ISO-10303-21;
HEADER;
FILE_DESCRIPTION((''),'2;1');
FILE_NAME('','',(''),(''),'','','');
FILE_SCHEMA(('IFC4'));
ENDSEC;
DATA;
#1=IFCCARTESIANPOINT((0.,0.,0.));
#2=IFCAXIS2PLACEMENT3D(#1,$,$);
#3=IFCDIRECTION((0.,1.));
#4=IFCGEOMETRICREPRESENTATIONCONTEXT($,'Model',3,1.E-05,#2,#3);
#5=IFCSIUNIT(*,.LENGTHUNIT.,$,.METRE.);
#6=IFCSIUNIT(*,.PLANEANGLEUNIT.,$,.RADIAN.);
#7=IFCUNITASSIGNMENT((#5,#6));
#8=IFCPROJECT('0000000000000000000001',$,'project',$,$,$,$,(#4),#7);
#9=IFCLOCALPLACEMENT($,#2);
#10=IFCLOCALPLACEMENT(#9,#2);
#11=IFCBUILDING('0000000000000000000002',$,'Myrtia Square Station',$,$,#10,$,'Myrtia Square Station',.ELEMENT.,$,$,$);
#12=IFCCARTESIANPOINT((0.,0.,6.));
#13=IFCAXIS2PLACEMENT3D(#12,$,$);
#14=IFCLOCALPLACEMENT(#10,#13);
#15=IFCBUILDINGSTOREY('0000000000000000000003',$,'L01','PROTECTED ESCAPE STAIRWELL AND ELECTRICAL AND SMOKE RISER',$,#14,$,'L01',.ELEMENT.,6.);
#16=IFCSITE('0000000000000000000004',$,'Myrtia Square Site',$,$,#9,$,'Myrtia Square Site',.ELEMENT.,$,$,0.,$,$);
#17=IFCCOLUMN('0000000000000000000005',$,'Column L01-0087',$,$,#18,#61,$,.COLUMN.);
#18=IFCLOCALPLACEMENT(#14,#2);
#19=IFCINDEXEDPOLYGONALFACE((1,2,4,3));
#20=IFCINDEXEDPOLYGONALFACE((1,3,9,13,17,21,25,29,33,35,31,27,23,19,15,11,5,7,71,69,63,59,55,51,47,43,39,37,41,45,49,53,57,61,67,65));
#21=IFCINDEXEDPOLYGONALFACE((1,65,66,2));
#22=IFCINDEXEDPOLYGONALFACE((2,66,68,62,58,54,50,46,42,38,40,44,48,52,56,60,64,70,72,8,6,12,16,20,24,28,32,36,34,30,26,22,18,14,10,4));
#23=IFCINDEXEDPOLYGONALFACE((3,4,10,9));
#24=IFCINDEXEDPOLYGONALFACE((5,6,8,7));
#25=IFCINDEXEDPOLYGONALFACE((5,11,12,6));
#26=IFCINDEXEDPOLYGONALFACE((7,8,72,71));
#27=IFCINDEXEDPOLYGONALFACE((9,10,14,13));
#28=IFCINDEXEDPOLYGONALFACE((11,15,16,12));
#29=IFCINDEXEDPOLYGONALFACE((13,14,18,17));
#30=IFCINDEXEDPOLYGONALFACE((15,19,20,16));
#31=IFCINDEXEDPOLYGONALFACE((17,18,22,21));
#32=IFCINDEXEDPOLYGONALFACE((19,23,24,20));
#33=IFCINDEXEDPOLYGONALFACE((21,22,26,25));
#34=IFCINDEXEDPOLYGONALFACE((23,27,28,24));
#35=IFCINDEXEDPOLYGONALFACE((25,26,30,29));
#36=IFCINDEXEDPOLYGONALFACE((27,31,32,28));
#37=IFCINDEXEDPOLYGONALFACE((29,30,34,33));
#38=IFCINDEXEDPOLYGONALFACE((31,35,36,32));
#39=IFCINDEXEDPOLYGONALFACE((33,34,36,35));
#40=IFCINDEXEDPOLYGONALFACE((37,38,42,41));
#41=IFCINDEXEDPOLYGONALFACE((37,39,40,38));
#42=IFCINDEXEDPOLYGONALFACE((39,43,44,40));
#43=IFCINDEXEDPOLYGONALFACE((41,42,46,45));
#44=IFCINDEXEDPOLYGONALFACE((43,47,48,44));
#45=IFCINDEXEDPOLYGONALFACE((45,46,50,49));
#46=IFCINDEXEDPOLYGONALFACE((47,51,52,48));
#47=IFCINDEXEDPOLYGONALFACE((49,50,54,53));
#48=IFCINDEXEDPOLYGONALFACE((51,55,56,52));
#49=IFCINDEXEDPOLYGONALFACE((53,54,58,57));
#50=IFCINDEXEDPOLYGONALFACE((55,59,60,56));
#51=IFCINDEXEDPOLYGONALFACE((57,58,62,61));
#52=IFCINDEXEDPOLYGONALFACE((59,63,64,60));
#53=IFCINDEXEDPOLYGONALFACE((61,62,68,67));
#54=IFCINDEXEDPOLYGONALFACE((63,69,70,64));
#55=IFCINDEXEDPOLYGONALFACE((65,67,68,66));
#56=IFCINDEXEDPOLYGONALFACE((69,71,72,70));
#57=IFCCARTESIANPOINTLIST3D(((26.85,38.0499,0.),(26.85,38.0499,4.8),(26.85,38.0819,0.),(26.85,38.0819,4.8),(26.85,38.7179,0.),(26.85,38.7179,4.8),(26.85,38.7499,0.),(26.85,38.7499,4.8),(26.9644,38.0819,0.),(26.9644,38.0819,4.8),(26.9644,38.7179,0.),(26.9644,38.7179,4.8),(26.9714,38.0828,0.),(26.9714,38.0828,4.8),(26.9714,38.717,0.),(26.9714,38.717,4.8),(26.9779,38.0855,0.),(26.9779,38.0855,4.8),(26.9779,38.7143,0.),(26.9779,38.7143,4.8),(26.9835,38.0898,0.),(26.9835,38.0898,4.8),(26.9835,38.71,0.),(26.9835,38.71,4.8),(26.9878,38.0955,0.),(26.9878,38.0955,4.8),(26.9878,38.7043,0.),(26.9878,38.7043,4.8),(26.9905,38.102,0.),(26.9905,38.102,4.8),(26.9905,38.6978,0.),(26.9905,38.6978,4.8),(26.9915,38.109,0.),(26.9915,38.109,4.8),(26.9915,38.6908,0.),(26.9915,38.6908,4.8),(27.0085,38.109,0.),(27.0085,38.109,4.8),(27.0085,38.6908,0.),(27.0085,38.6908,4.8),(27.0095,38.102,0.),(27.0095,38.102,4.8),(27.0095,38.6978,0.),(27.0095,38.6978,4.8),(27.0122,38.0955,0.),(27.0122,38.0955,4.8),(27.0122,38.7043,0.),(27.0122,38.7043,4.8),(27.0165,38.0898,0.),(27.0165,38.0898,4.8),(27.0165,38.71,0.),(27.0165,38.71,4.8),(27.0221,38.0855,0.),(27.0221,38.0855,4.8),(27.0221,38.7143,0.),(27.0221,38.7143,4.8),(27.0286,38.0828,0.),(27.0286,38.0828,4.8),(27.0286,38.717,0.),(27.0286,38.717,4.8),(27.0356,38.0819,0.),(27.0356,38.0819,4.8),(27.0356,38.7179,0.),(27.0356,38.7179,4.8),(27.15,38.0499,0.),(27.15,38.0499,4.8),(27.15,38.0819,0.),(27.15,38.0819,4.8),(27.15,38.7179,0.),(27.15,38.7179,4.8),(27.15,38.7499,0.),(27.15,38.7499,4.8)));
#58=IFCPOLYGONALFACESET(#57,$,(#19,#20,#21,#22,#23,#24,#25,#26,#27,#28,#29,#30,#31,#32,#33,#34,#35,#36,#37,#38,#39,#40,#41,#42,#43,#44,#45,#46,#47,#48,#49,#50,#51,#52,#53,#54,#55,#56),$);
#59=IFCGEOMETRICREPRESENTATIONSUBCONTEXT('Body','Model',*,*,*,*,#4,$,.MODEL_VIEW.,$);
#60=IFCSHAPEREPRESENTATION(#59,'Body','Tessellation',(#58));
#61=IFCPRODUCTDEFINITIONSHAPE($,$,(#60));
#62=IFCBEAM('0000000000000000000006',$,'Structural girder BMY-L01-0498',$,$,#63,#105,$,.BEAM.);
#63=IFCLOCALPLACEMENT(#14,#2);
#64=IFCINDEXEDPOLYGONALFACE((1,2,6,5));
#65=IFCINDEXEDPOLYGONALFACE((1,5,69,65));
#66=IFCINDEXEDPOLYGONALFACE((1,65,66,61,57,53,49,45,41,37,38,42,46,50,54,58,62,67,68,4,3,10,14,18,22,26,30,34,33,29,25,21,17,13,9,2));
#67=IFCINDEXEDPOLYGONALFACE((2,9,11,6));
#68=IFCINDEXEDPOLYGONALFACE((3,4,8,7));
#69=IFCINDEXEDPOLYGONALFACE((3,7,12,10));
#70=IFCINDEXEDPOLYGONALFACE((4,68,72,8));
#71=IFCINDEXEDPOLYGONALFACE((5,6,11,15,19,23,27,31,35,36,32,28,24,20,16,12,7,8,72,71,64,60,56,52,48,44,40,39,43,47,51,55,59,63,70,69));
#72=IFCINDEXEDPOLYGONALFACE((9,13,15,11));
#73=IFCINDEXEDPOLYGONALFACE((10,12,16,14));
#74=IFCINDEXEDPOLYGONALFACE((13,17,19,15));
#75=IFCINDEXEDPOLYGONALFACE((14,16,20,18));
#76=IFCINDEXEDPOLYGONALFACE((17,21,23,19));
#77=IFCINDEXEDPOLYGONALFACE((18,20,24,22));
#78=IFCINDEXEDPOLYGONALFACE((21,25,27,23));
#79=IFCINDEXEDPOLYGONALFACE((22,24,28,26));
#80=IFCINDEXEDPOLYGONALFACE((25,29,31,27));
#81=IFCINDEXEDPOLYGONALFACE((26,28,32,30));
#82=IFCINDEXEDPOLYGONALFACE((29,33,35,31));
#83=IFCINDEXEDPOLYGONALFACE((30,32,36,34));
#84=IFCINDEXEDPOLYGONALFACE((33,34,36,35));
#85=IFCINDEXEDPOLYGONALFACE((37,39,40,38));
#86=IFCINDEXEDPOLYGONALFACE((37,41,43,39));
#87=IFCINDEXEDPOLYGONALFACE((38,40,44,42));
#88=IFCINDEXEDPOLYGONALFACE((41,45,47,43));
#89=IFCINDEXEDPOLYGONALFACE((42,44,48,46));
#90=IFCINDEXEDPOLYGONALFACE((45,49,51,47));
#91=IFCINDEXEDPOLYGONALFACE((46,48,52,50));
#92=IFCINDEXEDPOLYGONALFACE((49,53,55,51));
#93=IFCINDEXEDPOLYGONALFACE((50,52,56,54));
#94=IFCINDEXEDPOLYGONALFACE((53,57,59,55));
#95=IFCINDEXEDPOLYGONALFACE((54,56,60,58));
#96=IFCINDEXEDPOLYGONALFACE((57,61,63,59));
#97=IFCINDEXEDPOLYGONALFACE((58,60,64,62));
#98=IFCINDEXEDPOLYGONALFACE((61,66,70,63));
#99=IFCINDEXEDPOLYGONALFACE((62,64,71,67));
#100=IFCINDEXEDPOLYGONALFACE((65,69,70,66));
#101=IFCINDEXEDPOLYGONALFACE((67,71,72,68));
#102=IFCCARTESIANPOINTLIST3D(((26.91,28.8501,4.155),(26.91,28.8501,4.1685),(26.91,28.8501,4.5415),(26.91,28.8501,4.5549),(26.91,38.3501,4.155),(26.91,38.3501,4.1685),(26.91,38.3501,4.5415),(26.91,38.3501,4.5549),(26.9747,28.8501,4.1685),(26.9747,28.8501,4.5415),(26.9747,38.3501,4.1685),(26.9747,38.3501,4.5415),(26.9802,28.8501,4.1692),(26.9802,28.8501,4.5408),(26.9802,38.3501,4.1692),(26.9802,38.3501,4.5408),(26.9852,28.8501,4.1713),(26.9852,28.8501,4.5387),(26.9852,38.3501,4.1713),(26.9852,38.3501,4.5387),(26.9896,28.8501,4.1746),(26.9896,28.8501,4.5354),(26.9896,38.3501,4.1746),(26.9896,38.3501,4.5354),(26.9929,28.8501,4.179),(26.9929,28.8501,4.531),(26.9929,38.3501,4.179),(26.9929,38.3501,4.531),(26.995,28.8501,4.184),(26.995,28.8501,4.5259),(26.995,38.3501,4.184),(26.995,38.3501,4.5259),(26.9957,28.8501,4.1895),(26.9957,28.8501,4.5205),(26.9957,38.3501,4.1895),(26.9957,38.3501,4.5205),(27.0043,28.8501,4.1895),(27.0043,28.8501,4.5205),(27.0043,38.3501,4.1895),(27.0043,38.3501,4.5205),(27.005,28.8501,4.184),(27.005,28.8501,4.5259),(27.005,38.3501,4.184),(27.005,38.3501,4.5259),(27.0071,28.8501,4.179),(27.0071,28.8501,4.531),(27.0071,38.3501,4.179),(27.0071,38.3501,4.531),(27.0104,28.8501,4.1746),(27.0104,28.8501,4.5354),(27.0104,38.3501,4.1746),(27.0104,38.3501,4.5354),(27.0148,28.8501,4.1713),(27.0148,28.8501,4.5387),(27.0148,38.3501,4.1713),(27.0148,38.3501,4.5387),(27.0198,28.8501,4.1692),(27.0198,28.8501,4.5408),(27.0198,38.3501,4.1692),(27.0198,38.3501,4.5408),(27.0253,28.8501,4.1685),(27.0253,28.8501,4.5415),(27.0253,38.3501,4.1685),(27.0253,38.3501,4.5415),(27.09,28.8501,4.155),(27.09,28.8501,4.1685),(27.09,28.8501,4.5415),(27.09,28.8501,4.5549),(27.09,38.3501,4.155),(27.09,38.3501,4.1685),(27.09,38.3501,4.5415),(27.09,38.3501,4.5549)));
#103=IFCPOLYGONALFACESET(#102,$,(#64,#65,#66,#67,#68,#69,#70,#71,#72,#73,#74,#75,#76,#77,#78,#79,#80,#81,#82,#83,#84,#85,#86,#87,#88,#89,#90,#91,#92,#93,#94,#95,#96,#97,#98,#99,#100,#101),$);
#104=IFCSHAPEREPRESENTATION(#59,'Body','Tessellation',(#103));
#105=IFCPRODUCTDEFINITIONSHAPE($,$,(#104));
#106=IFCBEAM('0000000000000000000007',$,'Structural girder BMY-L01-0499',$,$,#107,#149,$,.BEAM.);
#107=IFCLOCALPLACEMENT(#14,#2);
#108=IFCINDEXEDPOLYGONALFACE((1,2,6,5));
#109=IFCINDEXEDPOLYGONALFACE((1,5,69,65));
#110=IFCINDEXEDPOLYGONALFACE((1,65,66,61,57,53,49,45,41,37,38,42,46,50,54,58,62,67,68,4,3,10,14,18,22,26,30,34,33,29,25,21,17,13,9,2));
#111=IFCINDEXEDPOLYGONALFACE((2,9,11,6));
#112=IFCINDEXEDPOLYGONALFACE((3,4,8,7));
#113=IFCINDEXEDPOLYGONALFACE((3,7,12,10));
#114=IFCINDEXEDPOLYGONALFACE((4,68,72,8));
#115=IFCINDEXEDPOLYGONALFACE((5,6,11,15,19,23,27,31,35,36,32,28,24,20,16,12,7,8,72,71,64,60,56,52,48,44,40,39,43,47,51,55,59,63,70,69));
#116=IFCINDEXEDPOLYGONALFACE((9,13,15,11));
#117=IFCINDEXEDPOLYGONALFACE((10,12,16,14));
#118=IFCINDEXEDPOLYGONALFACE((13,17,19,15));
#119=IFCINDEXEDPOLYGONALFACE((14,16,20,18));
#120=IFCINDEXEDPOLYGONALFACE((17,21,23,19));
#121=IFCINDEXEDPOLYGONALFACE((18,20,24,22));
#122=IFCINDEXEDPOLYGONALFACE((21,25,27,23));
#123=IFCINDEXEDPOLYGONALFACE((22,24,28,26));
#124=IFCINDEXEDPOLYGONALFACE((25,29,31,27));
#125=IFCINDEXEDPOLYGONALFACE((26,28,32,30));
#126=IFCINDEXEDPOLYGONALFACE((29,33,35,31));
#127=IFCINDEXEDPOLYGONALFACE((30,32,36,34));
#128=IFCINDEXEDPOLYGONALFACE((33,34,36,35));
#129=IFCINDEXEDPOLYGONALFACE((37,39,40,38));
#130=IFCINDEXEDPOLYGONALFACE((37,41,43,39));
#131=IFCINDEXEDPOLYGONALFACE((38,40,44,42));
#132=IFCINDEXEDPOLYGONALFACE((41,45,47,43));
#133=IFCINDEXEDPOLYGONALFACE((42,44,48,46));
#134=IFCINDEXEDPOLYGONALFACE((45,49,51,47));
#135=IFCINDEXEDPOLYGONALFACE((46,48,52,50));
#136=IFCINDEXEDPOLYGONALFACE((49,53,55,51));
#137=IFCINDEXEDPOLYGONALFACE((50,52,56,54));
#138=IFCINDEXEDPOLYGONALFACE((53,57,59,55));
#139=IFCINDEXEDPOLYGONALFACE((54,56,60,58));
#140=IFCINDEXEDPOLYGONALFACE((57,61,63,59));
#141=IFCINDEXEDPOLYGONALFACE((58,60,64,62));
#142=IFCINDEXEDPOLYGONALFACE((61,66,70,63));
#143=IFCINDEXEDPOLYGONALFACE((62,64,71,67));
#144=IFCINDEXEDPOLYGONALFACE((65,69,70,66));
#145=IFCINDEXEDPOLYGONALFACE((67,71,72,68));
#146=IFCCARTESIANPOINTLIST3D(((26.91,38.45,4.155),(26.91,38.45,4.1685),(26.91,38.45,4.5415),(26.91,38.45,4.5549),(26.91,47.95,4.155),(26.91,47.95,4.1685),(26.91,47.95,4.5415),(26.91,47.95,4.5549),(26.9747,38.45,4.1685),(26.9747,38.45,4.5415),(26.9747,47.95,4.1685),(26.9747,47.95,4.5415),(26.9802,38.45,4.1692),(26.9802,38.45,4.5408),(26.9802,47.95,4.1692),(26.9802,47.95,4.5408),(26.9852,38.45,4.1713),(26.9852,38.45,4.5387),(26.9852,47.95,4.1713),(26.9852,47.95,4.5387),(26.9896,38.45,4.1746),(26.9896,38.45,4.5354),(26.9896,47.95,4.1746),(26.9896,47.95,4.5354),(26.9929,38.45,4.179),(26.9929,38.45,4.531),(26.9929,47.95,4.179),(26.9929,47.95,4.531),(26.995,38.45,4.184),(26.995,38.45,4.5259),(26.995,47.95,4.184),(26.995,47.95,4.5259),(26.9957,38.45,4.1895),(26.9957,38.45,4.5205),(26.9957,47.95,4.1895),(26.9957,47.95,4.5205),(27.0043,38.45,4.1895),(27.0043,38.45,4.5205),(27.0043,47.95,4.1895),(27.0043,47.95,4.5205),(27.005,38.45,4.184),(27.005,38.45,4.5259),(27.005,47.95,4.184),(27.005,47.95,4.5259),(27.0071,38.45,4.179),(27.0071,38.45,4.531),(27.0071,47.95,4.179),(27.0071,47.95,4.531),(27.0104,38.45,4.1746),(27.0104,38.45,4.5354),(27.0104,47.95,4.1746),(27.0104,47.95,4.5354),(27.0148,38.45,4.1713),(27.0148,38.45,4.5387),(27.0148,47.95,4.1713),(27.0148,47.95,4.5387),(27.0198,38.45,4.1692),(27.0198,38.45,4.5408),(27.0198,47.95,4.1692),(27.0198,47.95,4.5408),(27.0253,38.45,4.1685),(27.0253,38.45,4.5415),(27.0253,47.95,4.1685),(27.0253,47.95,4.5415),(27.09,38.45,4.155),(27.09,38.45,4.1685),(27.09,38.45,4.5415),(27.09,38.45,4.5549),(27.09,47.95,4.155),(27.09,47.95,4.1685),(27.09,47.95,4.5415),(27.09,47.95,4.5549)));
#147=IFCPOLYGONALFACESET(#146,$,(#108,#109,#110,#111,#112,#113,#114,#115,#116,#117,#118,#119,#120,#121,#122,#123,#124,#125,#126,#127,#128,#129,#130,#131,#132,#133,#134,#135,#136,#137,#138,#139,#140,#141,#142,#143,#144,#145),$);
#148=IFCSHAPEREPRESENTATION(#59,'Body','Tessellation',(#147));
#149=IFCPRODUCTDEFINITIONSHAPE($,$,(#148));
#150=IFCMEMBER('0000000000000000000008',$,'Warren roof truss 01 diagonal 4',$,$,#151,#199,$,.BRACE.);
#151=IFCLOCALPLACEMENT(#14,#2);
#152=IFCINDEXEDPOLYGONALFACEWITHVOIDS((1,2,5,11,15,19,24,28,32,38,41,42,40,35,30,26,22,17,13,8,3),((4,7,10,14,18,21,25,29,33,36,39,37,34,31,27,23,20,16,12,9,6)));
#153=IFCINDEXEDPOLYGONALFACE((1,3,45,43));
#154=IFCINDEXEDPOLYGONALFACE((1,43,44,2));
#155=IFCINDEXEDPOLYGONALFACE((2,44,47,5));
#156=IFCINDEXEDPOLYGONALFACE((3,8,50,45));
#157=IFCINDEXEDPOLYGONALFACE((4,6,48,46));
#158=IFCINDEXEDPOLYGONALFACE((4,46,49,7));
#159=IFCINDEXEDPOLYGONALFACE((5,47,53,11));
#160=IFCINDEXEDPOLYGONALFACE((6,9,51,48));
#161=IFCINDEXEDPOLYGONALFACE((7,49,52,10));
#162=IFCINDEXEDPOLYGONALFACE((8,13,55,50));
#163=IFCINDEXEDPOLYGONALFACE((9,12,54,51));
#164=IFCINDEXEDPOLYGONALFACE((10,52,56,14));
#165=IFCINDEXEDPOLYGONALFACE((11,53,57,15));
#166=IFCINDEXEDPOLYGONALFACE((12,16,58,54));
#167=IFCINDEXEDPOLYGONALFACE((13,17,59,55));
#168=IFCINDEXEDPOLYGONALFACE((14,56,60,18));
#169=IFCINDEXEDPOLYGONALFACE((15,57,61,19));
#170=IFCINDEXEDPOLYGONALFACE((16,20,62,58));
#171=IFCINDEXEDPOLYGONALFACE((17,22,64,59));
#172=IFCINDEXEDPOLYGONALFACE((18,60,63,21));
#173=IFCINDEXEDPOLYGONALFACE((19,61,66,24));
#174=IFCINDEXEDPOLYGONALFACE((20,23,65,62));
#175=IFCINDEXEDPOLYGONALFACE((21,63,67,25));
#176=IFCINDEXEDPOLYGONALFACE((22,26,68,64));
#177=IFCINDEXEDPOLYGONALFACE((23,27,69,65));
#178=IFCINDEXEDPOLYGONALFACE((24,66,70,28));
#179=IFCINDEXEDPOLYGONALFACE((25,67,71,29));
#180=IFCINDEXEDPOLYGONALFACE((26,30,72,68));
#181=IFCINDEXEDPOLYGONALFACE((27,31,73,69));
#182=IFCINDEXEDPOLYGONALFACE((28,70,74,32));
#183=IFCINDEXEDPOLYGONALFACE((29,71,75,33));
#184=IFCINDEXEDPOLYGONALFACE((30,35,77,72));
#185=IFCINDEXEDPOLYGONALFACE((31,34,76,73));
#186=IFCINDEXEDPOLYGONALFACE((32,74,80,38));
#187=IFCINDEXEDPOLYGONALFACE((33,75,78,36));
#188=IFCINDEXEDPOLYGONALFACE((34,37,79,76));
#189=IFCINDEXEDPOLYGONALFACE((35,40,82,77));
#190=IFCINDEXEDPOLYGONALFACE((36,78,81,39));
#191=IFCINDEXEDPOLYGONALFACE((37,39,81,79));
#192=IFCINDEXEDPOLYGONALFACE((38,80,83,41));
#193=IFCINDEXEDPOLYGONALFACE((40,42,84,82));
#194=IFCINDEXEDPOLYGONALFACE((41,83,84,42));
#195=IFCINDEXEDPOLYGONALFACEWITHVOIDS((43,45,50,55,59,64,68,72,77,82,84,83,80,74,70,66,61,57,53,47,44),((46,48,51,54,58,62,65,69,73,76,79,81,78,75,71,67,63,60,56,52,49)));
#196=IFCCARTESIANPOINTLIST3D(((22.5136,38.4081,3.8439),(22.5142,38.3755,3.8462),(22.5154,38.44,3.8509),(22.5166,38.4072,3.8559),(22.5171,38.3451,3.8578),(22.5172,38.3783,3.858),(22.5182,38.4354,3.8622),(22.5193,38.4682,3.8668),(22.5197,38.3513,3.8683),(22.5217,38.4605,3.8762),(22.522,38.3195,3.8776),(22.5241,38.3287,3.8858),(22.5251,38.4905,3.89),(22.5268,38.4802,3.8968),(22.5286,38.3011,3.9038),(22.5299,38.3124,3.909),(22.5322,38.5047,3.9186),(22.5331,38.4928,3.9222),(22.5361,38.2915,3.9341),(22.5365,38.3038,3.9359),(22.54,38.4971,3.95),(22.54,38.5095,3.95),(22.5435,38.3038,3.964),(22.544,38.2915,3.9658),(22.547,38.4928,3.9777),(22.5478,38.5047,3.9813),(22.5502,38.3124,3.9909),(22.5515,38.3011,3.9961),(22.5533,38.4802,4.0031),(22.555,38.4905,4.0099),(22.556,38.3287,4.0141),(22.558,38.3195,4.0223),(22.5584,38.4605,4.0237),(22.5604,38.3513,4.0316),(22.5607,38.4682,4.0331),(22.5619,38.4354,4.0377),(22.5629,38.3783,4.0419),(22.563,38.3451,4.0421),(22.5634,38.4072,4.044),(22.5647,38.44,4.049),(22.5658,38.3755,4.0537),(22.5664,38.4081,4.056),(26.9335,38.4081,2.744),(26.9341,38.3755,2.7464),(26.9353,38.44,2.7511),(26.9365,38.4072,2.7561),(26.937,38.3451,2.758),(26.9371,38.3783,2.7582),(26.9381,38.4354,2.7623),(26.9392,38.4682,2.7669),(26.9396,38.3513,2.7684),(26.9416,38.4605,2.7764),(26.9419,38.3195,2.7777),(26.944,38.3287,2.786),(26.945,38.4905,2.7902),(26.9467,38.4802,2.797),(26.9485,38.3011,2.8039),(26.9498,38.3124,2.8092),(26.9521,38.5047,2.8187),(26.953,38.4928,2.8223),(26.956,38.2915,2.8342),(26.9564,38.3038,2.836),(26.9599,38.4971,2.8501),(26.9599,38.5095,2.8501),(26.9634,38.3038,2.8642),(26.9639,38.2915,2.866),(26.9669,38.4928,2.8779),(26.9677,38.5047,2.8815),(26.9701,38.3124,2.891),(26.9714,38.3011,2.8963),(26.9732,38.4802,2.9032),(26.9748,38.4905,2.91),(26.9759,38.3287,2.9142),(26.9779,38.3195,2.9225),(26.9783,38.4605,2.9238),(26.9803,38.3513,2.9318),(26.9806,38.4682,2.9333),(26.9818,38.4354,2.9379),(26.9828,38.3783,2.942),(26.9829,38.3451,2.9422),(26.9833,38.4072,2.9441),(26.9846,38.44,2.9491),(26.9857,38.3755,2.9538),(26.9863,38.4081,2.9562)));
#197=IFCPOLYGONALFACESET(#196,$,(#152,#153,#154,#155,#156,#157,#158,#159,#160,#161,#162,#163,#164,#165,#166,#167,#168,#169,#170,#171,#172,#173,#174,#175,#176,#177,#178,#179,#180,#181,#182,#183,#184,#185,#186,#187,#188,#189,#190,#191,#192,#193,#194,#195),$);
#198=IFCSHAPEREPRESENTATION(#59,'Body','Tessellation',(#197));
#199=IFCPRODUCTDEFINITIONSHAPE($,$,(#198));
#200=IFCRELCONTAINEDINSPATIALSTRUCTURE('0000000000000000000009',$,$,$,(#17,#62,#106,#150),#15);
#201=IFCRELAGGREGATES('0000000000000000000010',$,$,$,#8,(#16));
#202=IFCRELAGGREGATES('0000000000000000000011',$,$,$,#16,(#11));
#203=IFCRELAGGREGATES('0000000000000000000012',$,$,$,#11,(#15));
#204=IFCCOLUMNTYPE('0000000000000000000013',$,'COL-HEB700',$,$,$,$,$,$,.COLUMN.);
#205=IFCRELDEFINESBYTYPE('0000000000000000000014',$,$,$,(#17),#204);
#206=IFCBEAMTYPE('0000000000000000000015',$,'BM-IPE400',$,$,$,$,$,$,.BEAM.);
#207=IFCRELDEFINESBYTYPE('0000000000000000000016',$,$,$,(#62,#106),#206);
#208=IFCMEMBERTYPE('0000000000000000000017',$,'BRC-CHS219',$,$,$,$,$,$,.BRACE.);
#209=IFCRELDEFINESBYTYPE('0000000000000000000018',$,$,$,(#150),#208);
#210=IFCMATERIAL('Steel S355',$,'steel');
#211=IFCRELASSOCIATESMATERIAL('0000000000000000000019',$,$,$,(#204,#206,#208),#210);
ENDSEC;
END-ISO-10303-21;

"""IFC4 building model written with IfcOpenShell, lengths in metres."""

from ifc_helpers import new_model, si_unit, direction, frame, origin, origin_2d, place, context, subcontext, project, spatial, hollow_circle, i_section, extrude, material, material_profile, profile_set, type_object, element, save


model = new_model("IFC4")

# Units and contexts
model_context = context("Model", 3, precision=1e-05, world=origin(), true_north=direction((0.0, 1.0)))
body_context = subcontext(model_context, "Body", "Model", "MODEL_VIEW")
ifc_project = project(units=[si_unit("LENGTHUNIT", "METRE"), si_unit("PLANEANGLEUNIT", "RADIAN")], contexts=[model_context])

# Site, building, storey
site_placement = place(None, origin())
site = spatial("IfcSite", under=ifc_project, at=site_placement, Name="Myrtia Square Site", LongName="Myrtia Square Site", CompositionType="ELEMENT", RefElevation=0.0)
building_placement = place(site_placement, origin())
building = spatial("IfcBuilding", under=site, at=building_placement, Name="Myrtia Square Station", LongName="Myrtia Square Station", CompositionType="ELEMENT")
storey_placement = place(building_placement, frame((0.0, 0.0, 6.0)))
storey = spatial("IfcBuildingStorey", under=building, at=storey_placement, Name="L01", Description="PROTECTED ESCAPE STAIRWELL AND ELECTRICAL AND SMOKE RISER", LongName="L01", CompositionType="ELEMENT", Elevation=6.0)

# Column
ifc_material_1 = material(Name="Steel S355", Category="steel")
ifc_material_profile_1 = material_profile(ifc_material_1, i_section(OverallWidth=0.3, OverallDepth=0.7, WebThickness=0.0171, FlangeThickness=0.032, FilletRadius=0.0271, at=origin_2d()), Name="HEB 700")
ifc_profile_set_1 = profile_set([ifc_material_profile_1], Name="Steel S355")
column_type = type_object("IfcColumnType", Name="COL-HEB700", PredefinedType="COLUMN", material=ifc_profile_set_1)
column_placement = place(storey_placement, frame((27.0, 38.3999, 0.0), z_axis=(0.0, 0.0, 1.0), x_axis=(1.0, 0.0, 0.0)))
element("IfcColumn", 1, at=column_placement, inside=storey, type_object=column_type, Name="Column L01-0087", PredefinedType="COLUMN", context=body_context, shape_type="SweptSolid", body=[
    extrude(i_section(OverallWidth=0.3, OverallDepth=0.7, WebThickness=0.0171, FlangeThickness=0.032, FilletRadius=0.0271, at=origin_2d()), origin(), (0.0, 0.0, 1.0), 4.8),
])

# Beams
ifc_material_profile_2 = material_profile(ifc_material_1, i_section(OverallWidth=0.1799, OverallDepth=0.3999, WebThickness=0.0085, FlangeThickness=0.0134, FilletRadius=0.021, at=origin_2d()), Name="IPE 400")
ifc_profile_set_2 = profile_set([ifc_material_profile_2], Name="Steel S355")
beam_type_1 = type_object("IfcBeamType", Name="BM-IPE400", PredefinedType="BEAM", material=ifc_profile_set_2)
for number, where, z_axis, x_axis, name in (
    (2, (27.0, 28.8501, 4.355), (0.0, 1.0, 0.0), (-1.0, 0.0, 0.0), "Structural girder BMY-L01-0498"),
    (3, (27.0, 38.45, 4.355), (0.0, 1.0, 0.0), (-1.0, 0.0, 0.0), "Structural girder BMY-L01-0499"),
):
    element("IfcBeam", number, at=place(storey_placement, frame(where, z_axis=z_axis, x_axis=x_axis)), inside=storey, type_object=beam_type_1, Name=name, PredefinedType="BEAM", context=body_context, shape_type="SweptSolid", body=[
        extrude(i_section(OverallWidth=0.1799, OverallDepth=0.3999, WebThickness=0.0085, FlangeThickness=0.0134, FilletRadius=0.021, at=origin_2d()), origin(), (0.0, 0.0, 1.0), 9.5),
    ])

# Member
ifc_material_profile_3 = material_profile(ifc_material_1, hollow_circle(Radius=0.1096, WallThickness=0.0125, at=origin_2d()), Name="CHS 219.1x12.5")
ifc_profile_set_3 = profile_set([ifc_material_profile_3], Name="Steel S355")
member_type_1 = type_object("IfcMemberType", Name="BRC-CHS219", PredefinedType="BRACE", material=ifc_profile_set_3)
for number, where, z_axis, x_axis, name in (
    (4, (22.54, 38.3999, 3.95), (0.970407, 0.0, -0.241476), (0.0, 1.0, 0.0), "Warren roof truss 01 diagonal 4"),
):
    element("IfcMember", number, at=place(storey_placement, frame(where, z_axis=z_axis, x_axis=x_axis)), inside=storey, type_object=member_type_1, Name=name, PredefinedType="BRACE", context=body_context, shape_type="SweptSolid", body=[
        extrude(hollow_circle(Radius=0.1096, WallThickness=0.0125, at=origin_2d()), origin(), (0.0, 0.0, 1.0), 4.5547),
    ])

save(model, "model.ifc")
